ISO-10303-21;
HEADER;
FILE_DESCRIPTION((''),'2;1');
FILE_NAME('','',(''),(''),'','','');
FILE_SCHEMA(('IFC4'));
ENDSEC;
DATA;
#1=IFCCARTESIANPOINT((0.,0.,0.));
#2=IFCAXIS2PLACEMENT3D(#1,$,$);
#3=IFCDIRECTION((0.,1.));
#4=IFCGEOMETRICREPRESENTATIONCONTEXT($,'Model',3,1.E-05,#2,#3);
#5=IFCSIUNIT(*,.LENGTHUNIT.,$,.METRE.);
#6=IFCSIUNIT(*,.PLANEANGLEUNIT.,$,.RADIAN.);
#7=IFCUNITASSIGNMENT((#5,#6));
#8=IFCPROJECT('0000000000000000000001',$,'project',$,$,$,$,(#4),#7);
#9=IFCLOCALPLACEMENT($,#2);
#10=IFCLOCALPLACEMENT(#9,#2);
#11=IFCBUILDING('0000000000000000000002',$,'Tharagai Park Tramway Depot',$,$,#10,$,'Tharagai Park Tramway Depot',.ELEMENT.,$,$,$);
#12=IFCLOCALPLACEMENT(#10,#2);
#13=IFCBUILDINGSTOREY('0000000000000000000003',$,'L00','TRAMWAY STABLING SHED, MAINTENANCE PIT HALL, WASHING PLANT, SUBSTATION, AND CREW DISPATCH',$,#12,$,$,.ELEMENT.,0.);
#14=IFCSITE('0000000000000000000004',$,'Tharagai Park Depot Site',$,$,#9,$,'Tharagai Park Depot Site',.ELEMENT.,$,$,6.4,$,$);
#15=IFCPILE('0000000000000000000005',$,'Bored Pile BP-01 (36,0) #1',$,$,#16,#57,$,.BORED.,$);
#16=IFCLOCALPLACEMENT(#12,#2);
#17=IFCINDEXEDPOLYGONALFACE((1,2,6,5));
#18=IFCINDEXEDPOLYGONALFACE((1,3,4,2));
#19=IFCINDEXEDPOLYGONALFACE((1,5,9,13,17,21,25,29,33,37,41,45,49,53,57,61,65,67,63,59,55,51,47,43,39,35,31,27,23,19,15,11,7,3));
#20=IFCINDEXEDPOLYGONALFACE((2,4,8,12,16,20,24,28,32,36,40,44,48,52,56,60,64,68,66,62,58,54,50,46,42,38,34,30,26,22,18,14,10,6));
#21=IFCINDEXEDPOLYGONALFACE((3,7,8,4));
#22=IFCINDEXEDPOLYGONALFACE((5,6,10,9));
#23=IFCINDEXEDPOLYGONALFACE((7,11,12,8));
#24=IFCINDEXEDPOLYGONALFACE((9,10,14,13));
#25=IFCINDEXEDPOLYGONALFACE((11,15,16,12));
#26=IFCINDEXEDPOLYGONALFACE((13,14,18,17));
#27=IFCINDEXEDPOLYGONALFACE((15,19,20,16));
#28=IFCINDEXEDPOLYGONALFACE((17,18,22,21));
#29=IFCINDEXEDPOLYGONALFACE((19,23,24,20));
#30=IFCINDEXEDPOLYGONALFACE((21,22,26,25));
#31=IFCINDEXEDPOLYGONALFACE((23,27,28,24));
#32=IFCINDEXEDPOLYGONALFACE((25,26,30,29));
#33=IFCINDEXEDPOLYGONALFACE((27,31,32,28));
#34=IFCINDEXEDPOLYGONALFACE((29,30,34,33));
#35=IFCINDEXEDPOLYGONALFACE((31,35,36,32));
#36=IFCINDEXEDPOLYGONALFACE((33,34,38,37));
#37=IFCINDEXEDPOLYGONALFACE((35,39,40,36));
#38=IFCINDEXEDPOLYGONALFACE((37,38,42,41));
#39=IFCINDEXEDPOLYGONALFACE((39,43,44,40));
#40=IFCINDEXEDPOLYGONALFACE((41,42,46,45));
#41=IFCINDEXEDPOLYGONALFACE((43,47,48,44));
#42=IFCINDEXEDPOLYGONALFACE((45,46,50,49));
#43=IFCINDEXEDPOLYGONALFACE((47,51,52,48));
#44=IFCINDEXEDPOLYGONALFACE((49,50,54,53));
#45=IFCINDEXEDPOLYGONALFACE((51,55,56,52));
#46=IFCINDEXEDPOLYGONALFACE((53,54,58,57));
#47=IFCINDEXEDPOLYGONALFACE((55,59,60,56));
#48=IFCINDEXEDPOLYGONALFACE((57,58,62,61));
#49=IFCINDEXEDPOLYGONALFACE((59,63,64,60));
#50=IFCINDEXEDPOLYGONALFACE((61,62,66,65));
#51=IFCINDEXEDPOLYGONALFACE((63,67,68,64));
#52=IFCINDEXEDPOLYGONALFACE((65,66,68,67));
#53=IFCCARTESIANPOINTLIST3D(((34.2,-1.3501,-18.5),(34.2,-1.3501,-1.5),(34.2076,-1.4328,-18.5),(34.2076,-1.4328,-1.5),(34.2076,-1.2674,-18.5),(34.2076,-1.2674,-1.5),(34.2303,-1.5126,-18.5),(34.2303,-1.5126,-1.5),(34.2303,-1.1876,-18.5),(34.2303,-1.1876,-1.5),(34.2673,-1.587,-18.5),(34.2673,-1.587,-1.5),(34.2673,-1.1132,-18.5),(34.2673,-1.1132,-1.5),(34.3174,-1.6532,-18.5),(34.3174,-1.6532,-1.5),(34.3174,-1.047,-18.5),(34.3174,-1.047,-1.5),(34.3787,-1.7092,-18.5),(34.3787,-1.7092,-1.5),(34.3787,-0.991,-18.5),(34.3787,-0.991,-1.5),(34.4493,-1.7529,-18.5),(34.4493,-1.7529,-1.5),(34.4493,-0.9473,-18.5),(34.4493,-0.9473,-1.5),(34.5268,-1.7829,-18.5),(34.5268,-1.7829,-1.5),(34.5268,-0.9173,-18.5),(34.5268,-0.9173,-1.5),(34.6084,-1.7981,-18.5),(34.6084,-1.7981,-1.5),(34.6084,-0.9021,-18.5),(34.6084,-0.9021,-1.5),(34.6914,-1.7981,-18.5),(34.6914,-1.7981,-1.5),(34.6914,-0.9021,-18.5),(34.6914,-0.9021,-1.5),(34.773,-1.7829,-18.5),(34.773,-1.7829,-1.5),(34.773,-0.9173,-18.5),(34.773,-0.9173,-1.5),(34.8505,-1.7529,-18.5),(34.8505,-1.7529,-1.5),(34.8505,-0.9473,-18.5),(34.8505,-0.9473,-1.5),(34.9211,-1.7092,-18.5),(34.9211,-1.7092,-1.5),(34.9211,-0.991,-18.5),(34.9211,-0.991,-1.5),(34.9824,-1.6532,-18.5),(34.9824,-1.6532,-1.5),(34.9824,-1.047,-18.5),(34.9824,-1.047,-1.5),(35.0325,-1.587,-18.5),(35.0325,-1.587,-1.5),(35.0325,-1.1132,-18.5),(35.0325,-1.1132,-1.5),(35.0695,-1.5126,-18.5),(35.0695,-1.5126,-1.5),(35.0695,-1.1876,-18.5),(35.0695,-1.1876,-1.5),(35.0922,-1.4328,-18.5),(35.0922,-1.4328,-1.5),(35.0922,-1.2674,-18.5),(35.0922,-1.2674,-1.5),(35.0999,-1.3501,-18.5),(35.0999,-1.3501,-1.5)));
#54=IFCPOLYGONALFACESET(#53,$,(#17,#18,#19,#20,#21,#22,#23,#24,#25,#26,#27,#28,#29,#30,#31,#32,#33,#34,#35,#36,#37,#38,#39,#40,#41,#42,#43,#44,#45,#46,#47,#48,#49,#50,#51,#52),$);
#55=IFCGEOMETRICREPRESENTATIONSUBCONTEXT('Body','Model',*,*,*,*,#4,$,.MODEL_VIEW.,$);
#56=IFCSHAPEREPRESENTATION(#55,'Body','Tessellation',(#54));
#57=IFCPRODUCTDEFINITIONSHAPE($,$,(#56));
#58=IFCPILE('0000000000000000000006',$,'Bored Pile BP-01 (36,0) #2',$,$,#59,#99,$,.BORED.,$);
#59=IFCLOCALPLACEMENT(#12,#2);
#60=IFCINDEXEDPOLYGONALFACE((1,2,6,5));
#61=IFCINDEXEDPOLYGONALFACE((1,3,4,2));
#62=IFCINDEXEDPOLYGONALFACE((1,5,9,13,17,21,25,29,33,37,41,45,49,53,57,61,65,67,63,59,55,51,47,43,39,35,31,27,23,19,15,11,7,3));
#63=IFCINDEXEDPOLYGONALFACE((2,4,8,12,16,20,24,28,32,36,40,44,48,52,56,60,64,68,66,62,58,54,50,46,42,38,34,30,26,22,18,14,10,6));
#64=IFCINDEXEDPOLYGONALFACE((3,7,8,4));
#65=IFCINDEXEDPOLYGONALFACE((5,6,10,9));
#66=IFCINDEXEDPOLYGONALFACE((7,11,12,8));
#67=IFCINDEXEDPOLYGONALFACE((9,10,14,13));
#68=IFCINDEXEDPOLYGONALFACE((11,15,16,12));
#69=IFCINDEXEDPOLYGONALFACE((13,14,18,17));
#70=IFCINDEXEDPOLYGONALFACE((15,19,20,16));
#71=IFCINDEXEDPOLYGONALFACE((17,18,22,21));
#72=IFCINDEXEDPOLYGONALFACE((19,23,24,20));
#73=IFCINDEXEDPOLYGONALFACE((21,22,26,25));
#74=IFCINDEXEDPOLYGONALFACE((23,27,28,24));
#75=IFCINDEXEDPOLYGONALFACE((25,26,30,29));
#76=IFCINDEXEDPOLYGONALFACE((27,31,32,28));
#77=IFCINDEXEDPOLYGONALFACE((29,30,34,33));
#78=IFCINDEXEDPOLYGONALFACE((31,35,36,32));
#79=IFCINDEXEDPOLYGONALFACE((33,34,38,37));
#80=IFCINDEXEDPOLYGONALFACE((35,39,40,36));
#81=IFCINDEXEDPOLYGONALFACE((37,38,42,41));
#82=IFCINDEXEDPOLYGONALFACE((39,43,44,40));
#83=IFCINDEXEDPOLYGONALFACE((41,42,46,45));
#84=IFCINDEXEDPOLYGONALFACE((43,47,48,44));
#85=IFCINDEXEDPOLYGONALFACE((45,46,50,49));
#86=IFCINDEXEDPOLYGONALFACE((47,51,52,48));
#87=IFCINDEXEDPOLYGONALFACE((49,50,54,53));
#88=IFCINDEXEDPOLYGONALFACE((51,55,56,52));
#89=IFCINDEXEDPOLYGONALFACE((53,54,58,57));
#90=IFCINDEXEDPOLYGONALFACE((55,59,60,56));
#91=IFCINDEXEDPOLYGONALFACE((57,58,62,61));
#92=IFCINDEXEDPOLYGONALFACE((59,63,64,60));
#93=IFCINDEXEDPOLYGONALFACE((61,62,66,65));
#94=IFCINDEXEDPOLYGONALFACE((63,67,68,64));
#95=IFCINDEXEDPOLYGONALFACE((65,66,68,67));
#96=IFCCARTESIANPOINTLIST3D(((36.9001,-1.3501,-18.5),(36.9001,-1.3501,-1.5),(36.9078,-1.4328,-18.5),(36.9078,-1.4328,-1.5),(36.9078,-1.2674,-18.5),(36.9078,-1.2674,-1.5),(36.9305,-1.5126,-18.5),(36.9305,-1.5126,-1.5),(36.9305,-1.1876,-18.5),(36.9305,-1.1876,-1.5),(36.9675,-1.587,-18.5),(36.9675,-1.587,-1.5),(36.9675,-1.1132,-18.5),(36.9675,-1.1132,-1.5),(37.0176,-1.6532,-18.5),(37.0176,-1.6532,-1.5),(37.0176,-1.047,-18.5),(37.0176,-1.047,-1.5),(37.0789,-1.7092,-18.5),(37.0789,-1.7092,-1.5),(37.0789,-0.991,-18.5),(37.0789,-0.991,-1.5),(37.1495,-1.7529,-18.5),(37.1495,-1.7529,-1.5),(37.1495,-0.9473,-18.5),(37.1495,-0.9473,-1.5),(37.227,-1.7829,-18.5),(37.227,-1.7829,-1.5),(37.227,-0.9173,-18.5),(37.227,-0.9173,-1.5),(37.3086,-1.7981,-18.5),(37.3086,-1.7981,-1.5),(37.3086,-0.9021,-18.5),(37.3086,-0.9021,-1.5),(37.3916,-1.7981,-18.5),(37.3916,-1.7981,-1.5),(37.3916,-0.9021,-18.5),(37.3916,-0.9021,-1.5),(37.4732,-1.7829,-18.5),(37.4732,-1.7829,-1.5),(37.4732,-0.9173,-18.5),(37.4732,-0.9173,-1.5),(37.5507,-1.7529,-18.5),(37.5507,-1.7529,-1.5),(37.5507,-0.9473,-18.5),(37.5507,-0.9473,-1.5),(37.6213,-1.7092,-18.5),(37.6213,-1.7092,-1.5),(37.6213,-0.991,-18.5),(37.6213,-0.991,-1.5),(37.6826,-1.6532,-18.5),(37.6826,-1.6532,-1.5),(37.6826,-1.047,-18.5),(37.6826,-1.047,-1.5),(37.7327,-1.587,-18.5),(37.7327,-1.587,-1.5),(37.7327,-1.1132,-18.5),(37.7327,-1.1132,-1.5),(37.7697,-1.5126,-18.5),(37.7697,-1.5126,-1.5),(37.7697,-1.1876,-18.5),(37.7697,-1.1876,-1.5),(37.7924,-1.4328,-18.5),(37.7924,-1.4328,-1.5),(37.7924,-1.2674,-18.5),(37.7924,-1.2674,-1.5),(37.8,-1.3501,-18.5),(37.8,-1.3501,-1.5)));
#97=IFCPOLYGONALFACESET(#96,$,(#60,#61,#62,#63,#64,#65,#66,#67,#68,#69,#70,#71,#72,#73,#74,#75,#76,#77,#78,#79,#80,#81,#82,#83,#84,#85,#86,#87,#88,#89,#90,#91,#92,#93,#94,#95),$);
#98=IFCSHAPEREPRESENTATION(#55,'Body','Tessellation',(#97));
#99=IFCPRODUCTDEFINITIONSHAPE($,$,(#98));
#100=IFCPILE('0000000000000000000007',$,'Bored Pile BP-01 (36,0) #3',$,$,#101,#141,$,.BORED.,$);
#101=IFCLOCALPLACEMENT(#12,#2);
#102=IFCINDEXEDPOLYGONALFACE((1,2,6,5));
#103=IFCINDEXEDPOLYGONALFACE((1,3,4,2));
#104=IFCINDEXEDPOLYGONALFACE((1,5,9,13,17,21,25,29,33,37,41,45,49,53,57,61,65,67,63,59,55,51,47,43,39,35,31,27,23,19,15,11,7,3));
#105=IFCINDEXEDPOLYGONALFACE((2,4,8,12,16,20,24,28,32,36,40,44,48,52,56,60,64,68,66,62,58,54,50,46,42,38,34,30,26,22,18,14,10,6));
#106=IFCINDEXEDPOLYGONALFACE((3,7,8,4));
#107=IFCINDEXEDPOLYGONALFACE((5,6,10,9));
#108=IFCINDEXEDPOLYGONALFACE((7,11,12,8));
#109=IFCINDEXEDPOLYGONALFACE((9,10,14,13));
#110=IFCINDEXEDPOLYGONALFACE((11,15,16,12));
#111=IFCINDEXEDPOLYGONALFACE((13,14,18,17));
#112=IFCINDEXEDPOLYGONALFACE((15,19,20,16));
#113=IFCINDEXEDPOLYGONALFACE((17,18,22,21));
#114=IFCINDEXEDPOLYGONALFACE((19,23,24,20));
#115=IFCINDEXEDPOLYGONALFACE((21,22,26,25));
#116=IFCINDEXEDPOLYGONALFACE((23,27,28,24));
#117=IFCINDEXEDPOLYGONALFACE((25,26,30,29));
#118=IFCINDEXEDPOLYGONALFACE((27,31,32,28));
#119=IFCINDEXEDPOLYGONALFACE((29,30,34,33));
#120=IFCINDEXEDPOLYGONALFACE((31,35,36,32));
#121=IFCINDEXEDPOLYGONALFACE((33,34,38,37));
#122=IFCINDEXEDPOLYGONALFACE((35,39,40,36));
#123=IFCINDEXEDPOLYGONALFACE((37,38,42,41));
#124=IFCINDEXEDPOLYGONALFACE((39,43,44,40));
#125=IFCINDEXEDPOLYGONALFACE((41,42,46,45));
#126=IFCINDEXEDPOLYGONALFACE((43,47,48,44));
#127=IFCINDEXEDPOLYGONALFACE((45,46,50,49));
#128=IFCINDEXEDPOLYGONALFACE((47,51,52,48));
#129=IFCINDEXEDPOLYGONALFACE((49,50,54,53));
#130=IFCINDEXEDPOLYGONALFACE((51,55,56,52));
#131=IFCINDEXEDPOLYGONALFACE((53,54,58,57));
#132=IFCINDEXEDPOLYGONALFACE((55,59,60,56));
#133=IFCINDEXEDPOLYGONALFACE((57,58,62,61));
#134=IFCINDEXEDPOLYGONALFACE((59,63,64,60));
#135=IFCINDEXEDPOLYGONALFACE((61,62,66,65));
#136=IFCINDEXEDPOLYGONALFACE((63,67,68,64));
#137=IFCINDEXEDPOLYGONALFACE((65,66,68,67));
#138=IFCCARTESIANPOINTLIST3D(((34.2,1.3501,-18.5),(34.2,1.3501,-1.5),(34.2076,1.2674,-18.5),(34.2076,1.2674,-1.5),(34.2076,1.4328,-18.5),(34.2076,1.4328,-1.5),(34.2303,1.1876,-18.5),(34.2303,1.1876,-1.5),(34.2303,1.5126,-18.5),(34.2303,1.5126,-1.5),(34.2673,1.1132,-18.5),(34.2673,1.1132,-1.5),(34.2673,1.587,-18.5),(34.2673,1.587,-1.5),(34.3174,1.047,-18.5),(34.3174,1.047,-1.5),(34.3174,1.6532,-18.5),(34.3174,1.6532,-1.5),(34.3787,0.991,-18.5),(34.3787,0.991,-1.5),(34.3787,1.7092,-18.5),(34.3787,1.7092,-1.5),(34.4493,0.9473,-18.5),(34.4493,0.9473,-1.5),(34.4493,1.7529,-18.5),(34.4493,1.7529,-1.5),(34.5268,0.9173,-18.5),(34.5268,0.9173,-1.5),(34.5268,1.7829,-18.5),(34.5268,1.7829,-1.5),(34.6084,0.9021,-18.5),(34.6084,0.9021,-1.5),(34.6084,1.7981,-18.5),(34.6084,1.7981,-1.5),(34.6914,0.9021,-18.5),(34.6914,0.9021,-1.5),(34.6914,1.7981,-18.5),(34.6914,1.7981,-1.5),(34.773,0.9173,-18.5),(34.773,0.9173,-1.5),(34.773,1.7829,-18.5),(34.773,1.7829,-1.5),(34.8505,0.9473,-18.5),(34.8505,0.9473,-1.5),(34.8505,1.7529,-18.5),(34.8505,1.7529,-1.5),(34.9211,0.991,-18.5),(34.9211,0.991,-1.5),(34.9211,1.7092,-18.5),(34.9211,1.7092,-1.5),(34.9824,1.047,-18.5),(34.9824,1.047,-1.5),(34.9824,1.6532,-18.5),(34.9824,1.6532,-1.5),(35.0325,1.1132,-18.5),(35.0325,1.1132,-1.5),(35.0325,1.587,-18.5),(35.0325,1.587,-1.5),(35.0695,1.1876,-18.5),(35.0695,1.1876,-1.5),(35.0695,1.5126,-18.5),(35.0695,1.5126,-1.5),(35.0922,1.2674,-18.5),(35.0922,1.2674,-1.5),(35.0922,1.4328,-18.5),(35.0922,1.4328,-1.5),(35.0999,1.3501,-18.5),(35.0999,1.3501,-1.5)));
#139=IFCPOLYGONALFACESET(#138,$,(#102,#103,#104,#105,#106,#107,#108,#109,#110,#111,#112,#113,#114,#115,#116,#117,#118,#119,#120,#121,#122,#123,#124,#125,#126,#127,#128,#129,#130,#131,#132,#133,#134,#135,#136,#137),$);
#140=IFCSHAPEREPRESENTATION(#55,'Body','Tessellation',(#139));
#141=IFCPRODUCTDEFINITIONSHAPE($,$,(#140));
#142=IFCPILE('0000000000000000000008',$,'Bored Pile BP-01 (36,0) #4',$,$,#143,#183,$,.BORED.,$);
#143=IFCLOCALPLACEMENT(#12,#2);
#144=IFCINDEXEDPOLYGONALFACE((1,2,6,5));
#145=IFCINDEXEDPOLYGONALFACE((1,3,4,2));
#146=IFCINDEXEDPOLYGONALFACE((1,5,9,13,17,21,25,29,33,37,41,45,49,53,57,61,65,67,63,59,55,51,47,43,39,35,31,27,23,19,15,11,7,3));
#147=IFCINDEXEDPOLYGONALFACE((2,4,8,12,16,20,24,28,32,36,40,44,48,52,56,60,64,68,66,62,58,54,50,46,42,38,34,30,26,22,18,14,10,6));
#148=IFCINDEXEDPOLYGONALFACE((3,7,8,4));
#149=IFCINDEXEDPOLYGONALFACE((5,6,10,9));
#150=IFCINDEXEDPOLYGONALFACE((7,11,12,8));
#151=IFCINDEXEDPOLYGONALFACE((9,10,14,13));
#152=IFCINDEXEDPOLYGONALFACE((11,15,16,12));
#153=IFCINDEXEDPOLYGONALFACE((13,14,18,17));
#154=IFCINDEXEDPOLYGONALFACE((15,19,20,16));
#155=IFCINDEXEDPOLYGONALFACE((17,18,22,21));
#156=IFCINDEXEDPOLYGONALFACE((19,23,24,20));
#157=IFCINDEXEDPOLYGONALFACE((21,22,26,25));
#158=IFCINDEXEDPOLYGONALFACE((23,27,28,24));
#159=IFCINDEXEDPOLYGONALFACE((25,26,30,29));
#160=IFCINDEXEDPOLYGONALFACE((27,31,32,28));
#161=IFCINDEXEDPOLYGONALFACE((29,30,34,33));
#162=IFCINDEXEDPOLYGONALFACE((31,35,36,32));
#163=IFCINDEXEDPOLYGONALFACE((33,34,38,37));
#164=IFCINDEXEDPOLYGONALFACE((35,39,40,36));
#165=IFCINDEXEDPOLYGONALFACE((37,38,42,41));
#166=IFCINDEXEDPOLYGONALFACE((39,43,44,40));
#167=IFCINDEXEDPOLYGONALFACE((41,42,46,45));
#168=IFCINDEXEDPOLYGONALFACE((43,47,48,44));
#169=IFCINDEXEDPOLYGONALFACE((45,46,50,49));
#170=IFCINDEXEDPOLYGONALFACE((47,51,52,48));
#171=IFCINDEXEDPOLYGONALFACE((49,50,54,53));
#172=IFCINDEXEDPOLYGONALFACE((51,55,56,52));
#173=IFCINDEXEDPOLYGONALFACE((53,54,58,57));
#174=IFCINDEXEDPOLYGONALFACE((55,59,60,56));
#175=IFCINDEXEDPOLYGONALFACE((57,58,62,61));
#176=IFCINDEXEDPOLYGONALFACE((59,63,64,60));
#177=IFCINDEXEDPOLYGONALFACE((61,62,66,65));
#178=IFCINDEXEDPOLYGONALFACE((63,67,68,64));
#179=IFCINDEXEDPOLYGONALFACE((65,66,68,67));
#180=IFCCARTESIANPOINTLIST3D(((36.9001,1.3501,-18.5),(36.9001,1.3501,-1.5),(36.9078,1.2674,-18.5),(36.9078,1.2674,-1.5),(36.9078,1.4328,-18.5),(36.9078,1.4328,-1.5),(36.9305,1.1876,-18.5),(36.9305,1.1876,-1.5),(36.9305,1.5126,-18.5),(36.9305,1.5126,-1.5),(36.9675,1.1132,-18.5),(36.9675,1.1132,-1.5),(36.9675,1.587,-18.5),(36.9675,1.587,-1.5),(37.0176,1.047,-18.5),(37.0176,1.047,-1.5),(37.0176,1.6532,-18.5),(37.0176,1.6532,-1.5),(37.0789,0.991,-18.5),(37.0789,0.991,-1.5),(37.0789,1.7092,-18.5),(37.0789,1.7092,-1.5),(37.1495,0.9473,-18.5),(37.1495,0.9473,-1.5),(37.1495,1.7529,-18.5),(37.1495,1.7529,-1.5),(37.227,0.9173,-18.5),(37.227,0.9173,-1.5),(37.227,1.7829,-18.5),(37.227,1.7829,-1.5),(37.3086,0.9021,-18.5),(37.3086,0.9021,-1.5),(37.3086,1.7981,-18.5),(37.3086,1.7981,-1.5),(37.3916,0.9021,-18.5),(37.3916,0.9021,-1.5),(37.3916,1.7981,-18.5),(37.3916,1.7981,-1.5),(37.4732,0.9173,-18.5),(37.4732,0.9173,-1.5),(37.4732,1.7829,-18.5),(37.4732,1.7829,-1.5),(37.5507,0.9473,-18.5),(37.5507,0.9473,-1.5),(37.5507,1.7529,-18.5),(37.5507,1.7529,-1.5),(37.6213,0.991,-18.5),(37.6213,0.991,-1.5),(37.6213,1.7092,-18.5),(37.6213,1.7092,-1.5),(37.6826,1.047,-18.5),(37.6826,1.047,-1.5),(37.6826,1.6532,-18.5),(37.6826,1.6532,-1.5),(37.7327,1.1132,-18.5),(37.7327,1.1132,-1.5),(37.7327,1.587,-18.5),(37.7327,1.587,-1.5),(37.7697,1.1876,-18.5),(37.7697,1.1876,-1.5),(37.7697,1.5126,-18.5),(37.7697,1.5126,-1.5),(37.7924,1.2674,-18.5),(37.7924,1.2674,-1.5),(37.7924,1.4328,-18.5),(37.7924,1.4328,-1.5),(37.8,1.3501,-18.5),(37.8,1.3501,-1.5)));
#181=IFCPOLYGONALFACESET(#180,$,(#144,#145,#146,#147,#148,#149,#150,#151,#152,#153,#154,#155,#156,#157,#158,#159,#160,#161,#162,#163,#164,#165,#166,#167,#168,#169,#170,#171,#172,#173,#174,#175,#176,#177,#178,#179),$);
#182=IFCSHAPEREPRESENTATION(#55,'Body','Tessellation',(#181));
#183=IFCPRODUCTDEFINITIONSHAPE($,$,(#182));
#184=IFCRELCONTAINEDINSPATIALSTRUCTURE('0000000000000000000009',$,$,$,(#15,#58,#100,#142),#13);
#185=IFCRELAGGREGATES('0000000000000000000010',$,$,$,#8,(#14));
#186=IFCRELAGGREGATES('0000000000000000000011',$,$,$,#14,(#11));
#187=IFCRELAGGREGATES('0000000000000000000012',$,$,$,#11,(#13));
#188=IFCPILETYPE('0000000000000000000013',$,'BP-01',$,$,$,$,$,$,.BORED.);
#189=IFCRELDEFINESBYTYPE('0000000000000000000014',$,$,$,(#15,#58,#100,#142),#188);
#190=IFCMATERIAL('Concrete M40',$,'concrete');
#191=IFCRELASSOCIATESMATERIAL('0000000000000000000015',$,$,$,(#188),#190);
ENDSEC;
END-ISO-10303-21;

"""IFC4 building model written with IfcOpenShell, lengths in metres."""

from ifc_helpers import new_model, si_unit, direction, frame, origin, origin_2d, place, context, subcontext, project, spatial, circle, extrude, material, material_profile, profile_set, type_object, element, save


model = new_model("IFC4")

# Units and contexts
model_context = context("Model", 3, precision=1e-05, world=origin(), true_north=direction((0.0, 1.0)))
body_context = subcontext(model_context, "Body", "Model", "MODEL_VIEW")
ifc_project = project(units=[si_unit("LENGTHUNIT", "METRE"), si_unit("PLANEANGLEUNIT", "RADIAN")], contexts=[model_context])

# Site, building, storey
site_placement = place(None, origin())
site = spatial("IfcSite", under=ifc_project, at=site_placement, Name="Tharagai Park Depot Site", LongName="Tharagai Park Depot Site", CompositionType="ELEMENT", RefElevation=6.4)
building_placement = place(site_placement, origin())
building = spatial("IfcBuilding", under=site, at=building_placement, Name="Tharagai Park Tramway Depot", LongName="Tharagai Park Tramway Depot", CompositionType="ELEMENT")
storey_placement = place(building_placement, origin())
storey = spatial("IfcBuildingStorey", under=building, at=storey_placement, Name="L00", Description="TRAMWAY STABLING SHED, MAINTENANCE PIT HALL, WASHING PLANT, SUBSTATION, AND CREW DISPATCH", CompositionType="ELEMENT", Elevation=0.0)

# Piles
ifc_material_1 = material(Name="Concrete M40", Category="concrete")
ifc_material_profile_1 = material_profile(ifc_material_1, circle(Radius=0.45, at=origin_2d()), Name="PILE D900")
ifc_profile_set_1 = profile_set([ifc_material_profile_1], Name="Concrete M40")
pile_type_1 = type_object("IfcPileType", Name="BP-01", PredefinedType="BORED", material=ifc_profile_set_1)
for number, where, z_axis, x_axis, name in (
    (1, (34.6499, -1.3501, -1.5), (0.0, 0.0, -1.0), (1.0, 0.0, 0.0), "Bored Pile BP-01 (36,0) #1"),
    (2, (37.3501, -1.3501, -1.5), (0.0, 0.0, -1.0), (1.0, 0.0, 0.0), "Bored Pile BP-01 (36,0) #2"),
    (3, (34.6499, 1.3501, -1.5), (0.0, 0.0, -1.0), (1.0, 0.0, 0.0), "Bored Pile BP-01 (36,0) #3"),
    (4, (37.3501, 1.3501, -1.5), (0.0, 0.0, -1.0), (1.0, 0.0, 0.0), "Bored Pile BP-01 (36,0) #4"),
):
    element("IfcPile", number, at=place(storey_placement, frame(where, z_axis=z_axis, x_axis=x_axis)), inside=storey, type_object=pile_type_1, Name=name, PredefinedType="BORED", context=body_context, shape_type="SweptSolid", body=[
        extrude(circle(Radius=0.45, at=origin_2d()), origin(), (0.0, 0.0, 1.0), 17.0),
    ])

save(model, "model.ifc")
